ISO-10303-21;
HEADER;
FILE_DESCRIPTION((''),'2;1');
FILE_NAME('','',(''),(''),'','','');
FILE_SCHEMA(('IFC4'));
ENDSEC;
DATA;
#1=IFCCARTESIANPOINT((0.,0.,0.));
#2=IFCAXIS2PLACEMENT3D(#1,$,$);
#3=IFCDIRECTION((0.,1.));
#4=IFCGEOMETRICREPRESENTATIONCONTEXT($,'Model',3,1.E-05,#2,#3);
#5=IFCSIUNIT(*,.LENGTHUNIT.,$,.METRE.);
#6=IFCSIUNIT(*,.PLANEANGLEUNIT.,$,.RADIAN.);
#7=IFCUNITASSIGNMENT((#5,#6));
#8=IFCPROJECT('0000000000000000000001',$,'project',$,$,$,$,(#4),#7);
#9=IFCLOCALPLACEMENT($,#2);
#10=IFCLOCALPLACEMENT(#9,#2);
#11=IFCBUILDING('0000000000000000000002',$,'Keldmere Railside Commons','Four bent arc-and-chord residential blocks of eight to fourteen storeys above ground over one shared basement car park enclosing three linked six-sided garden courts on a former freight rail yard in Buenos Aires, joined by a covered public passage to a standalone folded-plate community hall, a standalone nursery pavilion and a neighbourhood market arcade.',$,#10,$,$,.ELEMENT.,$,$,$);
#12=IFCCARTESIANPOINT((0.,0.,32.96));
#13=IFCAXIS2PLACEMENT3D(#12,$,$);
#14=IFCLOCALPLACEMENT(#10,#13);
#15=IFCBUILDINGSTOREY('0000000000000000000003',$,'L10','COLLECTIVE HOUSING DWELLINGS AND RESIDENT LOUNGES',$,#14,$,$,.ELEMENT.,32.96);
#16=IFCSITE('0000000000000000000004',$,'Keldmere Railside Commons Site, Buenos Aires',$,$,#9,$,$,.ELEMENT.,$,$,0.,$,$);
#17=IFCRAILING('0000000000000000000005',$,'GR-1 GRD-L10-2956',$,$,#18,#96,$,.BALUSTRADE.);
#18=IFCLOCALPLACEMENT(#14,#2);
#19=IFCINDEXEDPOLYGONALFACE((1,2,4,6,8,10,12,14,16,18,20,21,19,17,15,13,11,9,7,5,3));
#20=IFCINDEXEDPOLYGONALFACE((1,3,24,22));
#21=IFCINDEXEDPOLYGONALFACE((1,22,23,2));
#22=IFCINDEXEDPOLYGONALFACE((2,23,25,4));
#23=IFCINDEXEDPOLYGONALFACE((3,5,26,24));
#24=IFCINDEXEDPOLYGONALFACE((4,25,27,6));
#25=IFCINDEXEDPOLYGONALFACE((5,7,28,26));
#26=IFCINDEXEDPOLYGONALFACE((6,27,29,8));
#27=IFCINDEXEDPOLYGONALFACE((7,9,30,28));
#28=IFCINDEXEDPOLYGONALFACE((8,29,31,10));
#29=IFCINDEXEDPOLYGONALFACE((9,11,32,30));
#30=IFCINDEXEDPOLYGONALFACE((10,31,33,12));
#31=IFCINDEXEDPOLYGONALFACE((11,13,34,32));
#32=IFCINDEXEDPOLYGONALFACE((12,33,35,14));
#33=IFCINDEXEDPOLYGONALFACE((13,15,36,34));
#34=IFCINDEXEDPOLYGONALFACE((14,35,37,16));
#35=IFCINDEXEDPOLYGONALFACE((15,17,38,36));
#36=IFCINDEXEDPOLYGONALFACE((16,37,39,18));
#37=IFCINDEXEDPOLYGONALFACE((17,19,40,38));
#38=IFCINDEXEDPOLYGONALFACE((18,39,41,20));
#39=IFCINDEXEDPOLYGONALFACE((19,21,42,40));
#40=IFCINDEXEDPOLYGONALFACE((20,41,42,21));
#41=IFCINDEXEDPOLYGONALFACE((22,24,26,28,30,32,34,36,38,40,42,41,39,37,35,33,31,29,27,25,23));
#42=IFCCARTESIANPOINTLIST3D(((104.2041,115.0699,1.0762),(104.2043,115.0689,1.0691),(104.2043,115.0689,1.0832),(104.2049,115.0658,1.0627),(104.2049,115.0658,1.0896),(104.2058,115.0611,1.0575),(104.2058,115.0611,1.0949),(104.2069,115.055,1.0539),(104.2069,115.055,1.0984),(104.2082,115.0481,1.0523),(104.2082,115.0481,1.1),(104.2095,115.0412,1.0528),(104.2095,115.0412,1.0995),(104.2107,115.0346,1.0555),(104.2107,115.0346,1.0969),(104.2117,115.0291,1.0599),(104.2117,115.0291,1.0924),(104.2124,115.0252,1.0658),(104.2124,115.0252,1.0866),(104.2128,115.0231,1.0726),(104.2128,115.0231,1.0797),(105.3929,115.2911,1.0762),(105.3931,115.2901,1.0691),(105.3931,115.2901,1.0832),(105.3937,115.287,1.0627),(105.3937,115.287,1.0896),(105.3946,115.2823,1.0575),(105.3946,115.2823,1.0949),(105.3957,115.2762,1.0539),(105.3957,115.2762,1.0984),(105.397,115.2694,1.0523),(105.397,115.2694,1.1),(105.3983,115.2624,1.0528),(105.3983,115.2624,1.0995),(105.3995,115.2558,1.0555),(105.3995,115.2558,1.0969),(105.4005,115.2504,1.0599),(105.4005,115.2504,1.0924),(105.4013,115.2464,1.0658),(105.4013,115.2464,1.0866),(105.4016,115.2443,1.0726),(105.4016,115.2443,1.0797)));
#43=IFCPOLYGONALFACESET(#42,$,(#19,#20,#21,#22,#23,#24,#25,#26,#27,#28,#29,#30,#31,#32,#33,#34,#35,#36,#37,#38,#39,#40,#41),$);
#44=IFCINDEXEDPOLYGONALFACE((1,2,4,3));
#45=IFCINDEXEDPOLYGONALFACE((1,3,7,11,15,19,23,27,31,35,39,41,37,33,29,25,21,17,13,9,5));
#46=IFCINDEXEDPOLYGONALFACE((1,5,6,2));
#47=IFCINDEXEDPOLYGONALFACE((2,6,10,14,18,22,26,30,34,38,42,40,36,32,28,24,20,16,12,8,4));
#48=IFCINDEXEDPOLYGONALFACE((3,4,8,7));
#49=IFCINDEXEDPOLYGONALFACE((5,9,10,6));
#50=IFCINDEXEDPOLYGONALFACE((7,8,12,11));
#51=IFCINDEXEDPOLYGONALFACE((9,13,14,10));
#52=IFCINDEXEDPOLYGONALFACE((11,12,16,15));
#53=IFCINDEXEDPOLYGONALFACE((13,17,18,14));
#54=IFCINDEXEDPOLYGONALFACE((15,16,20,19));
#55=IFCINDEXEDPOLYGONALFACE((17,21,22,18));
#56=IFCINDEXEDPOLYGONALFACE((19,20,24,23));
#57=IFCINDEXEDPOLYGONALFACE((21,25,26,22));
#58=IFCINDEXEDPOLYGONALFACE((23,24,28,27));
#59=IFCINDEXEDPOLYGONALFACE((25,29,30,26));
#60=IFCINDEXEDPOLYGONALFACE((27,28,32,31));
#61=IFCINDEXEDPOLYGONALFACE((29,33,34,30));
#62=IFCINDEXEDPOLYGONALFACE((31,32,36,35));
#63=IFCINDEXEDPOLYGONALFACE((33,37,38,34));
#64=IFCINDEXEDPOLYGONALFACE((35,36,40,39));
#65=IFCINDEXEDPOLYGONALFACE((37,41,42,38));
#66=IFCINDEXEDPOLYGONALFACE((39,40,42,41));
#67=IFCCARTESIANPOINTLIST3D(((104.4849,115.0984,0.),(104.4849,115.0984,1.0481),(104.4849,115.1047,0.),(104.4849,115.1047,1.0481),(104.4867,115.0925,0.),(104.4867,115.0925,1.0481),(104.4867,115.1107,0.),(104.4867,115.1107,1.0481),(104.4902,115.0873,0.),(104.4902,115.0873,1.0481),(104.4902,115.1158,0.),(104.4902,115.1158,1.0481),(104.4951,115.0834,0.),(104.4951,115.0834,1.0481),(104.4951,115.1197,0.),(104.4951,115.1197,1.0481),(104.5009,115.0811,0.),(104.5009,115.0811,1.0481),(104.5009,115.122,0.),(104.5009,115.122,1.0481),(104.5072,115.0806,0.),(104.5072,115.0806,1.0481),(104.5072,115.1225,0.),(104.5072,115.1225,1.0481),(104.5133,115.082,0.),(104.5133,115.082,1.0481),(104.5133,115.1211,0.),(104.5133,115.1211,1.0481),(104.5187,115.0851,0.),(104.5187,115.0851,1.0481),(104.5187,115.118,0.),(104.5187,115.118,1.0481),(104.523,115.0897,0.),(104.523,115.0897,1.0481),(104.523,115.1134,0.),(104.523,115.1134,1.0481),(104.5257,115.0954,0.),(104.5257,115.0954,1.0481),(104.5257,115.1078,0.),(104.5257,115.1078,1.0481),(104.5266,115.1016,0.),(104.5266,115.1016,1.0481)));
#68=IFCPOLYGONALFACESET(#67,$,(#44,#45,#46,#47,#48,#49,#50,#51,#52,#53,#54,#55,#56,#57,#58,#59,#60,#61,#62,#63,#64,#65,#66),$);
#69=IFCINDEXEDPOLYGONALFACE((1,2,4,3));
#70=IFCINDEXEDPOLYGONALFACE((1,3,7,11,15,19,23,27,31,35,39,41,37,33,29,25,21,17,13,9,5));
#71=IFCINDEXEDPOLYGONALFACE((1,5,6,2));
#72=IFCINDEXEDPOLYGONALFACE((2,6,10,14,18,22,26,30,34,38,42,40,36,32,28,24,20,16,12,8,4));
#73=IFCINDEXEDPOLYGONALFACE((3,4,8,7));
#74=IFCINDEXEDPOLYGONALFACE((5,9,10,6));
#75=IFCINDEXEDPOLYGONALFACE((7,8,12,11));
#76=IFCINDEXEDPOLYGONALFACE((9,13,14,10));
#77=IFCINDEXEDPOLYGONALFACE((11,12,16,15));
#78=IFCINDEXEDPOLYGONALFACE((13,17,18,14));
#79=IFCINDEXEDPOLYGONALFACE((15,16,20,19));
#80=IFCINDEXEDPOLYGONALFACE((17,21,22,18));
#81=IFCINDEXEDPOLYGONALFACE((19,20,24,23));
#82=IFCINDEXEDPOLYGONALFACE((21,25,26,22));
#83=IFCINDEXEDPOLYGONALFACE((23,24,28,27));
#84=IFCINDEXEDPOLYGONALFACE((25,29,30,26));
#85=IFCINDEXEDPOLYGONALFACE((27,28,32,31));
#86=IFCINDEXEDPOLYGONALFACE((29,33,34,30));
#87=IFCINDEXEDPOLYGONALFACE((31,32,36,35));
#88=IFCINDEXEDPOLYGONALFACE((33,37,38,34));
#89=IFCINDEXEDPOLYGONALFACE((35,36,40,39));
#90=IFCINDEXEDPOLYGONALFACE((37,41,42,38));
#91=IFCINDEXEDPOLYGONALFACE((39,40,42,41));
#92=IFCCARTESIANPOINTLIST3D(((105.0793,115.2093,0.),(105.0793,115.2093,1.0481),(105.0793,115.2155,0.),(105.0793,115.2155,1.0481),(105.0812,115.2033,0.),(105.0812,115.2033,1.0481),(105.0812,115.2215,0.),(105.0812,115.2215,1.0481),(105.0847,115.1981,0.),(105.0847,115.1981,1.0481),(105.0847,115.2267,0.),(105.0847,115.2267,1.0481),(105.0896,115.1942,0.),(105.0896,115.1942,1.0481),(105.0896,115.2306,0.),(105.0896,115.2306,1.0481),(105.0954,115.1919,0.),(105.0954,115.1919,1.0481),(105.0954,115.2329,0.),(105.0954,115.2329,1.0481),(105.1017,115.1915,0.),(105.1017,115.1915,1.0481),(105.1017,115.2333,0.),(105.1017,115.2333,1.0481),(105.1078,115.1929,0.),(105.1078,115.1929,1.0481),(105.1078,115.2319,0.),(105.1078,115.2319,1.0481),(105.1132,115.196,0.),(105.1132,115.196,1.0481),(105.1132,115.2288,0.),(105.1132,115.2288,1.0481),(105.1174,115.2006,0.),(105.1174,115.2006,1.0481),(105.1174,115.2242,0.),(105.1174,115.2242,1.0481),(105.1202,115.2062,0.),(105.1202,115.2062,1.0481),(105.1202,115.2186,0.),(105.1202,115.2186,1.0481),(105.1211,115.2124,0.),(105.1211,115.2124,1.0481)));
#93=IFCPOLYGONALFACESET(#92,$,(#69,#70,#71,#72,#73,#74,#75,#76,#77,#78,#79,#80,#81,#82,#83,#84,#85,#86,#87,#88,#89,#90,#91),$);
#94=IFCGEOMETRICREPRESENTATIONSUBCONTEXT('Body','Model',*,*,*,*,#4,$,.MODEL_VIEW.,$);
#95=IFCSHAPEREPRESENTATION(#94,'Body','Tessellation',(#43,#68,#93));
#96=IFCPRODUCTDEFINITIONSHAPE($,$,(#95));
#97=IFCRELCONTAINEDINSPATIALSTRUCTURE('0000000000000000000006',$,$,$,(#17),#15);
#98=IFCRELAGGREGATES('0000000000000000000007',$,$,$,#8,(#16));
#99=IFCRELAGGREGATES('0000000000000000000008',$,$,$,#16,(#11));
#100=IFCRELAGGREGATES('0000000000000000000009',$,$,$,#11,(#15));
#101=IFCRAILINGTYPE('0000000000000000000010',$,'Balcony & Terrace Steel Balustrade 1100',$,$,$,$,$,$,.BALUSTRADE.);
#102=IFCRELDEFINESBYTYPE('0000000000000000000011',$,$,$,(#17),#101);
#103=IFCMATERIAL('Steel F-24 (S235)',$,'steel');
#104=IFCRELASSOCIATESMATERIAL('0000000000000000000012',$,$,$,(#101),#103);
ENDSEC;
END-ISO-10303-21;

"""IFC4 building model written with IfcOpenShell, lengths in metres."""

from ifc_helpers import new_model, si_unit, direction, frame, origin, origin_2d, place, context, subcontext, project, spatial, circle, extrude, material, type_object, element, save


model = new_model("IFC4")

# Units and contexts
model_context = context("Model", 3, precision=1e-05, world=origin(), true_north=direction((0.0, 1.0)))
body_context = subcontext(model_context, "Body", "Model", "MODEL_VIEW")
ifc_project = project(units=[si_unit("LENGTHUNIT", "METRE"), si_unit("PLANEANGLEUNIT", "RADIAN")], contexts=[model_context])

# Site, building, storey
site_placement = place(None, origin())
site = spatial("IfcSite", under=ifc_project, at=site_placement, Name="Keldmere Railside Commons Site, Buenos Aires", CompositionType="ELEMENT", RefElevation=0.0)
building_placement = place(site_placement, origin())
building = spatial("IfcBuilding", under=site, at=building_placement, Name="Keldmere Railside Commons", Description="Four bent arc-and-chord residential blocks of eight to fourteen storeys above ground over one shared basement car park enclosing three linked six-sided garden courts on a former freight rail yard in Buenos Aires, joined by a covered public passage to a standalone folded-plate community hall, a standalone nursery pavilion and a neighbourhood market arcade.", CompositionType="ELEMENT")
storey_placement = place(building_placement, frame((0.0, 0.0, 32.96)))
storey = spatial("IfcBuildingStorey", under=building, at=storey_placement, Name="L10", Description="COLLECTIVE HOUSING DWELLINGS AND RESIDENT LOUNGES", CompositionType="ELEMENT", Elevation=32.96)

# Railing
ifc_material_1 = material(Name="Steel F-24 (S235)", Category="steel")
railing_type = type_object("IfcRailingType", Name="Balcony & Terrace Steel Balustrade 1100", PredefinedType="BALUSTRADE", material=ifc_material_1)
railing_1_placement = place(storey_placement, frame((104.2085, 115.0464, 0.0)))
element("IfcRailing", 1, at=railing_1_placement, inside=storey, type_object=railing_type, Name="GR-1 GRD-L10-2956", PredefinedType="BALUSTRADE", context=body_context, shape_type="SweptSolid", body=[
    extrude(circle(Radius=0.0239, at=origin_2d()), frame((0.0, 0.0, 1.0762), z_axis=(0.983125, 0.182935, 0.0), x_axis=(-0.182935, 0.983125, 0.0)), (0.0, 0.0, 1.0), 1.2092),
    extrude(circle(Radius=0.021, at=origin_2d()), frame((0.2971, 0.0552, 0.0)), (0.0, 0.0, 1.0), 1.0481),
    extrude(circle(Radius=0.021, at=origin_2d()), frame((0.8916, 0.166, 0.0)), (0.0, 0.0, 1.0), 1.0481),
])

save(model, "model.ifc")
